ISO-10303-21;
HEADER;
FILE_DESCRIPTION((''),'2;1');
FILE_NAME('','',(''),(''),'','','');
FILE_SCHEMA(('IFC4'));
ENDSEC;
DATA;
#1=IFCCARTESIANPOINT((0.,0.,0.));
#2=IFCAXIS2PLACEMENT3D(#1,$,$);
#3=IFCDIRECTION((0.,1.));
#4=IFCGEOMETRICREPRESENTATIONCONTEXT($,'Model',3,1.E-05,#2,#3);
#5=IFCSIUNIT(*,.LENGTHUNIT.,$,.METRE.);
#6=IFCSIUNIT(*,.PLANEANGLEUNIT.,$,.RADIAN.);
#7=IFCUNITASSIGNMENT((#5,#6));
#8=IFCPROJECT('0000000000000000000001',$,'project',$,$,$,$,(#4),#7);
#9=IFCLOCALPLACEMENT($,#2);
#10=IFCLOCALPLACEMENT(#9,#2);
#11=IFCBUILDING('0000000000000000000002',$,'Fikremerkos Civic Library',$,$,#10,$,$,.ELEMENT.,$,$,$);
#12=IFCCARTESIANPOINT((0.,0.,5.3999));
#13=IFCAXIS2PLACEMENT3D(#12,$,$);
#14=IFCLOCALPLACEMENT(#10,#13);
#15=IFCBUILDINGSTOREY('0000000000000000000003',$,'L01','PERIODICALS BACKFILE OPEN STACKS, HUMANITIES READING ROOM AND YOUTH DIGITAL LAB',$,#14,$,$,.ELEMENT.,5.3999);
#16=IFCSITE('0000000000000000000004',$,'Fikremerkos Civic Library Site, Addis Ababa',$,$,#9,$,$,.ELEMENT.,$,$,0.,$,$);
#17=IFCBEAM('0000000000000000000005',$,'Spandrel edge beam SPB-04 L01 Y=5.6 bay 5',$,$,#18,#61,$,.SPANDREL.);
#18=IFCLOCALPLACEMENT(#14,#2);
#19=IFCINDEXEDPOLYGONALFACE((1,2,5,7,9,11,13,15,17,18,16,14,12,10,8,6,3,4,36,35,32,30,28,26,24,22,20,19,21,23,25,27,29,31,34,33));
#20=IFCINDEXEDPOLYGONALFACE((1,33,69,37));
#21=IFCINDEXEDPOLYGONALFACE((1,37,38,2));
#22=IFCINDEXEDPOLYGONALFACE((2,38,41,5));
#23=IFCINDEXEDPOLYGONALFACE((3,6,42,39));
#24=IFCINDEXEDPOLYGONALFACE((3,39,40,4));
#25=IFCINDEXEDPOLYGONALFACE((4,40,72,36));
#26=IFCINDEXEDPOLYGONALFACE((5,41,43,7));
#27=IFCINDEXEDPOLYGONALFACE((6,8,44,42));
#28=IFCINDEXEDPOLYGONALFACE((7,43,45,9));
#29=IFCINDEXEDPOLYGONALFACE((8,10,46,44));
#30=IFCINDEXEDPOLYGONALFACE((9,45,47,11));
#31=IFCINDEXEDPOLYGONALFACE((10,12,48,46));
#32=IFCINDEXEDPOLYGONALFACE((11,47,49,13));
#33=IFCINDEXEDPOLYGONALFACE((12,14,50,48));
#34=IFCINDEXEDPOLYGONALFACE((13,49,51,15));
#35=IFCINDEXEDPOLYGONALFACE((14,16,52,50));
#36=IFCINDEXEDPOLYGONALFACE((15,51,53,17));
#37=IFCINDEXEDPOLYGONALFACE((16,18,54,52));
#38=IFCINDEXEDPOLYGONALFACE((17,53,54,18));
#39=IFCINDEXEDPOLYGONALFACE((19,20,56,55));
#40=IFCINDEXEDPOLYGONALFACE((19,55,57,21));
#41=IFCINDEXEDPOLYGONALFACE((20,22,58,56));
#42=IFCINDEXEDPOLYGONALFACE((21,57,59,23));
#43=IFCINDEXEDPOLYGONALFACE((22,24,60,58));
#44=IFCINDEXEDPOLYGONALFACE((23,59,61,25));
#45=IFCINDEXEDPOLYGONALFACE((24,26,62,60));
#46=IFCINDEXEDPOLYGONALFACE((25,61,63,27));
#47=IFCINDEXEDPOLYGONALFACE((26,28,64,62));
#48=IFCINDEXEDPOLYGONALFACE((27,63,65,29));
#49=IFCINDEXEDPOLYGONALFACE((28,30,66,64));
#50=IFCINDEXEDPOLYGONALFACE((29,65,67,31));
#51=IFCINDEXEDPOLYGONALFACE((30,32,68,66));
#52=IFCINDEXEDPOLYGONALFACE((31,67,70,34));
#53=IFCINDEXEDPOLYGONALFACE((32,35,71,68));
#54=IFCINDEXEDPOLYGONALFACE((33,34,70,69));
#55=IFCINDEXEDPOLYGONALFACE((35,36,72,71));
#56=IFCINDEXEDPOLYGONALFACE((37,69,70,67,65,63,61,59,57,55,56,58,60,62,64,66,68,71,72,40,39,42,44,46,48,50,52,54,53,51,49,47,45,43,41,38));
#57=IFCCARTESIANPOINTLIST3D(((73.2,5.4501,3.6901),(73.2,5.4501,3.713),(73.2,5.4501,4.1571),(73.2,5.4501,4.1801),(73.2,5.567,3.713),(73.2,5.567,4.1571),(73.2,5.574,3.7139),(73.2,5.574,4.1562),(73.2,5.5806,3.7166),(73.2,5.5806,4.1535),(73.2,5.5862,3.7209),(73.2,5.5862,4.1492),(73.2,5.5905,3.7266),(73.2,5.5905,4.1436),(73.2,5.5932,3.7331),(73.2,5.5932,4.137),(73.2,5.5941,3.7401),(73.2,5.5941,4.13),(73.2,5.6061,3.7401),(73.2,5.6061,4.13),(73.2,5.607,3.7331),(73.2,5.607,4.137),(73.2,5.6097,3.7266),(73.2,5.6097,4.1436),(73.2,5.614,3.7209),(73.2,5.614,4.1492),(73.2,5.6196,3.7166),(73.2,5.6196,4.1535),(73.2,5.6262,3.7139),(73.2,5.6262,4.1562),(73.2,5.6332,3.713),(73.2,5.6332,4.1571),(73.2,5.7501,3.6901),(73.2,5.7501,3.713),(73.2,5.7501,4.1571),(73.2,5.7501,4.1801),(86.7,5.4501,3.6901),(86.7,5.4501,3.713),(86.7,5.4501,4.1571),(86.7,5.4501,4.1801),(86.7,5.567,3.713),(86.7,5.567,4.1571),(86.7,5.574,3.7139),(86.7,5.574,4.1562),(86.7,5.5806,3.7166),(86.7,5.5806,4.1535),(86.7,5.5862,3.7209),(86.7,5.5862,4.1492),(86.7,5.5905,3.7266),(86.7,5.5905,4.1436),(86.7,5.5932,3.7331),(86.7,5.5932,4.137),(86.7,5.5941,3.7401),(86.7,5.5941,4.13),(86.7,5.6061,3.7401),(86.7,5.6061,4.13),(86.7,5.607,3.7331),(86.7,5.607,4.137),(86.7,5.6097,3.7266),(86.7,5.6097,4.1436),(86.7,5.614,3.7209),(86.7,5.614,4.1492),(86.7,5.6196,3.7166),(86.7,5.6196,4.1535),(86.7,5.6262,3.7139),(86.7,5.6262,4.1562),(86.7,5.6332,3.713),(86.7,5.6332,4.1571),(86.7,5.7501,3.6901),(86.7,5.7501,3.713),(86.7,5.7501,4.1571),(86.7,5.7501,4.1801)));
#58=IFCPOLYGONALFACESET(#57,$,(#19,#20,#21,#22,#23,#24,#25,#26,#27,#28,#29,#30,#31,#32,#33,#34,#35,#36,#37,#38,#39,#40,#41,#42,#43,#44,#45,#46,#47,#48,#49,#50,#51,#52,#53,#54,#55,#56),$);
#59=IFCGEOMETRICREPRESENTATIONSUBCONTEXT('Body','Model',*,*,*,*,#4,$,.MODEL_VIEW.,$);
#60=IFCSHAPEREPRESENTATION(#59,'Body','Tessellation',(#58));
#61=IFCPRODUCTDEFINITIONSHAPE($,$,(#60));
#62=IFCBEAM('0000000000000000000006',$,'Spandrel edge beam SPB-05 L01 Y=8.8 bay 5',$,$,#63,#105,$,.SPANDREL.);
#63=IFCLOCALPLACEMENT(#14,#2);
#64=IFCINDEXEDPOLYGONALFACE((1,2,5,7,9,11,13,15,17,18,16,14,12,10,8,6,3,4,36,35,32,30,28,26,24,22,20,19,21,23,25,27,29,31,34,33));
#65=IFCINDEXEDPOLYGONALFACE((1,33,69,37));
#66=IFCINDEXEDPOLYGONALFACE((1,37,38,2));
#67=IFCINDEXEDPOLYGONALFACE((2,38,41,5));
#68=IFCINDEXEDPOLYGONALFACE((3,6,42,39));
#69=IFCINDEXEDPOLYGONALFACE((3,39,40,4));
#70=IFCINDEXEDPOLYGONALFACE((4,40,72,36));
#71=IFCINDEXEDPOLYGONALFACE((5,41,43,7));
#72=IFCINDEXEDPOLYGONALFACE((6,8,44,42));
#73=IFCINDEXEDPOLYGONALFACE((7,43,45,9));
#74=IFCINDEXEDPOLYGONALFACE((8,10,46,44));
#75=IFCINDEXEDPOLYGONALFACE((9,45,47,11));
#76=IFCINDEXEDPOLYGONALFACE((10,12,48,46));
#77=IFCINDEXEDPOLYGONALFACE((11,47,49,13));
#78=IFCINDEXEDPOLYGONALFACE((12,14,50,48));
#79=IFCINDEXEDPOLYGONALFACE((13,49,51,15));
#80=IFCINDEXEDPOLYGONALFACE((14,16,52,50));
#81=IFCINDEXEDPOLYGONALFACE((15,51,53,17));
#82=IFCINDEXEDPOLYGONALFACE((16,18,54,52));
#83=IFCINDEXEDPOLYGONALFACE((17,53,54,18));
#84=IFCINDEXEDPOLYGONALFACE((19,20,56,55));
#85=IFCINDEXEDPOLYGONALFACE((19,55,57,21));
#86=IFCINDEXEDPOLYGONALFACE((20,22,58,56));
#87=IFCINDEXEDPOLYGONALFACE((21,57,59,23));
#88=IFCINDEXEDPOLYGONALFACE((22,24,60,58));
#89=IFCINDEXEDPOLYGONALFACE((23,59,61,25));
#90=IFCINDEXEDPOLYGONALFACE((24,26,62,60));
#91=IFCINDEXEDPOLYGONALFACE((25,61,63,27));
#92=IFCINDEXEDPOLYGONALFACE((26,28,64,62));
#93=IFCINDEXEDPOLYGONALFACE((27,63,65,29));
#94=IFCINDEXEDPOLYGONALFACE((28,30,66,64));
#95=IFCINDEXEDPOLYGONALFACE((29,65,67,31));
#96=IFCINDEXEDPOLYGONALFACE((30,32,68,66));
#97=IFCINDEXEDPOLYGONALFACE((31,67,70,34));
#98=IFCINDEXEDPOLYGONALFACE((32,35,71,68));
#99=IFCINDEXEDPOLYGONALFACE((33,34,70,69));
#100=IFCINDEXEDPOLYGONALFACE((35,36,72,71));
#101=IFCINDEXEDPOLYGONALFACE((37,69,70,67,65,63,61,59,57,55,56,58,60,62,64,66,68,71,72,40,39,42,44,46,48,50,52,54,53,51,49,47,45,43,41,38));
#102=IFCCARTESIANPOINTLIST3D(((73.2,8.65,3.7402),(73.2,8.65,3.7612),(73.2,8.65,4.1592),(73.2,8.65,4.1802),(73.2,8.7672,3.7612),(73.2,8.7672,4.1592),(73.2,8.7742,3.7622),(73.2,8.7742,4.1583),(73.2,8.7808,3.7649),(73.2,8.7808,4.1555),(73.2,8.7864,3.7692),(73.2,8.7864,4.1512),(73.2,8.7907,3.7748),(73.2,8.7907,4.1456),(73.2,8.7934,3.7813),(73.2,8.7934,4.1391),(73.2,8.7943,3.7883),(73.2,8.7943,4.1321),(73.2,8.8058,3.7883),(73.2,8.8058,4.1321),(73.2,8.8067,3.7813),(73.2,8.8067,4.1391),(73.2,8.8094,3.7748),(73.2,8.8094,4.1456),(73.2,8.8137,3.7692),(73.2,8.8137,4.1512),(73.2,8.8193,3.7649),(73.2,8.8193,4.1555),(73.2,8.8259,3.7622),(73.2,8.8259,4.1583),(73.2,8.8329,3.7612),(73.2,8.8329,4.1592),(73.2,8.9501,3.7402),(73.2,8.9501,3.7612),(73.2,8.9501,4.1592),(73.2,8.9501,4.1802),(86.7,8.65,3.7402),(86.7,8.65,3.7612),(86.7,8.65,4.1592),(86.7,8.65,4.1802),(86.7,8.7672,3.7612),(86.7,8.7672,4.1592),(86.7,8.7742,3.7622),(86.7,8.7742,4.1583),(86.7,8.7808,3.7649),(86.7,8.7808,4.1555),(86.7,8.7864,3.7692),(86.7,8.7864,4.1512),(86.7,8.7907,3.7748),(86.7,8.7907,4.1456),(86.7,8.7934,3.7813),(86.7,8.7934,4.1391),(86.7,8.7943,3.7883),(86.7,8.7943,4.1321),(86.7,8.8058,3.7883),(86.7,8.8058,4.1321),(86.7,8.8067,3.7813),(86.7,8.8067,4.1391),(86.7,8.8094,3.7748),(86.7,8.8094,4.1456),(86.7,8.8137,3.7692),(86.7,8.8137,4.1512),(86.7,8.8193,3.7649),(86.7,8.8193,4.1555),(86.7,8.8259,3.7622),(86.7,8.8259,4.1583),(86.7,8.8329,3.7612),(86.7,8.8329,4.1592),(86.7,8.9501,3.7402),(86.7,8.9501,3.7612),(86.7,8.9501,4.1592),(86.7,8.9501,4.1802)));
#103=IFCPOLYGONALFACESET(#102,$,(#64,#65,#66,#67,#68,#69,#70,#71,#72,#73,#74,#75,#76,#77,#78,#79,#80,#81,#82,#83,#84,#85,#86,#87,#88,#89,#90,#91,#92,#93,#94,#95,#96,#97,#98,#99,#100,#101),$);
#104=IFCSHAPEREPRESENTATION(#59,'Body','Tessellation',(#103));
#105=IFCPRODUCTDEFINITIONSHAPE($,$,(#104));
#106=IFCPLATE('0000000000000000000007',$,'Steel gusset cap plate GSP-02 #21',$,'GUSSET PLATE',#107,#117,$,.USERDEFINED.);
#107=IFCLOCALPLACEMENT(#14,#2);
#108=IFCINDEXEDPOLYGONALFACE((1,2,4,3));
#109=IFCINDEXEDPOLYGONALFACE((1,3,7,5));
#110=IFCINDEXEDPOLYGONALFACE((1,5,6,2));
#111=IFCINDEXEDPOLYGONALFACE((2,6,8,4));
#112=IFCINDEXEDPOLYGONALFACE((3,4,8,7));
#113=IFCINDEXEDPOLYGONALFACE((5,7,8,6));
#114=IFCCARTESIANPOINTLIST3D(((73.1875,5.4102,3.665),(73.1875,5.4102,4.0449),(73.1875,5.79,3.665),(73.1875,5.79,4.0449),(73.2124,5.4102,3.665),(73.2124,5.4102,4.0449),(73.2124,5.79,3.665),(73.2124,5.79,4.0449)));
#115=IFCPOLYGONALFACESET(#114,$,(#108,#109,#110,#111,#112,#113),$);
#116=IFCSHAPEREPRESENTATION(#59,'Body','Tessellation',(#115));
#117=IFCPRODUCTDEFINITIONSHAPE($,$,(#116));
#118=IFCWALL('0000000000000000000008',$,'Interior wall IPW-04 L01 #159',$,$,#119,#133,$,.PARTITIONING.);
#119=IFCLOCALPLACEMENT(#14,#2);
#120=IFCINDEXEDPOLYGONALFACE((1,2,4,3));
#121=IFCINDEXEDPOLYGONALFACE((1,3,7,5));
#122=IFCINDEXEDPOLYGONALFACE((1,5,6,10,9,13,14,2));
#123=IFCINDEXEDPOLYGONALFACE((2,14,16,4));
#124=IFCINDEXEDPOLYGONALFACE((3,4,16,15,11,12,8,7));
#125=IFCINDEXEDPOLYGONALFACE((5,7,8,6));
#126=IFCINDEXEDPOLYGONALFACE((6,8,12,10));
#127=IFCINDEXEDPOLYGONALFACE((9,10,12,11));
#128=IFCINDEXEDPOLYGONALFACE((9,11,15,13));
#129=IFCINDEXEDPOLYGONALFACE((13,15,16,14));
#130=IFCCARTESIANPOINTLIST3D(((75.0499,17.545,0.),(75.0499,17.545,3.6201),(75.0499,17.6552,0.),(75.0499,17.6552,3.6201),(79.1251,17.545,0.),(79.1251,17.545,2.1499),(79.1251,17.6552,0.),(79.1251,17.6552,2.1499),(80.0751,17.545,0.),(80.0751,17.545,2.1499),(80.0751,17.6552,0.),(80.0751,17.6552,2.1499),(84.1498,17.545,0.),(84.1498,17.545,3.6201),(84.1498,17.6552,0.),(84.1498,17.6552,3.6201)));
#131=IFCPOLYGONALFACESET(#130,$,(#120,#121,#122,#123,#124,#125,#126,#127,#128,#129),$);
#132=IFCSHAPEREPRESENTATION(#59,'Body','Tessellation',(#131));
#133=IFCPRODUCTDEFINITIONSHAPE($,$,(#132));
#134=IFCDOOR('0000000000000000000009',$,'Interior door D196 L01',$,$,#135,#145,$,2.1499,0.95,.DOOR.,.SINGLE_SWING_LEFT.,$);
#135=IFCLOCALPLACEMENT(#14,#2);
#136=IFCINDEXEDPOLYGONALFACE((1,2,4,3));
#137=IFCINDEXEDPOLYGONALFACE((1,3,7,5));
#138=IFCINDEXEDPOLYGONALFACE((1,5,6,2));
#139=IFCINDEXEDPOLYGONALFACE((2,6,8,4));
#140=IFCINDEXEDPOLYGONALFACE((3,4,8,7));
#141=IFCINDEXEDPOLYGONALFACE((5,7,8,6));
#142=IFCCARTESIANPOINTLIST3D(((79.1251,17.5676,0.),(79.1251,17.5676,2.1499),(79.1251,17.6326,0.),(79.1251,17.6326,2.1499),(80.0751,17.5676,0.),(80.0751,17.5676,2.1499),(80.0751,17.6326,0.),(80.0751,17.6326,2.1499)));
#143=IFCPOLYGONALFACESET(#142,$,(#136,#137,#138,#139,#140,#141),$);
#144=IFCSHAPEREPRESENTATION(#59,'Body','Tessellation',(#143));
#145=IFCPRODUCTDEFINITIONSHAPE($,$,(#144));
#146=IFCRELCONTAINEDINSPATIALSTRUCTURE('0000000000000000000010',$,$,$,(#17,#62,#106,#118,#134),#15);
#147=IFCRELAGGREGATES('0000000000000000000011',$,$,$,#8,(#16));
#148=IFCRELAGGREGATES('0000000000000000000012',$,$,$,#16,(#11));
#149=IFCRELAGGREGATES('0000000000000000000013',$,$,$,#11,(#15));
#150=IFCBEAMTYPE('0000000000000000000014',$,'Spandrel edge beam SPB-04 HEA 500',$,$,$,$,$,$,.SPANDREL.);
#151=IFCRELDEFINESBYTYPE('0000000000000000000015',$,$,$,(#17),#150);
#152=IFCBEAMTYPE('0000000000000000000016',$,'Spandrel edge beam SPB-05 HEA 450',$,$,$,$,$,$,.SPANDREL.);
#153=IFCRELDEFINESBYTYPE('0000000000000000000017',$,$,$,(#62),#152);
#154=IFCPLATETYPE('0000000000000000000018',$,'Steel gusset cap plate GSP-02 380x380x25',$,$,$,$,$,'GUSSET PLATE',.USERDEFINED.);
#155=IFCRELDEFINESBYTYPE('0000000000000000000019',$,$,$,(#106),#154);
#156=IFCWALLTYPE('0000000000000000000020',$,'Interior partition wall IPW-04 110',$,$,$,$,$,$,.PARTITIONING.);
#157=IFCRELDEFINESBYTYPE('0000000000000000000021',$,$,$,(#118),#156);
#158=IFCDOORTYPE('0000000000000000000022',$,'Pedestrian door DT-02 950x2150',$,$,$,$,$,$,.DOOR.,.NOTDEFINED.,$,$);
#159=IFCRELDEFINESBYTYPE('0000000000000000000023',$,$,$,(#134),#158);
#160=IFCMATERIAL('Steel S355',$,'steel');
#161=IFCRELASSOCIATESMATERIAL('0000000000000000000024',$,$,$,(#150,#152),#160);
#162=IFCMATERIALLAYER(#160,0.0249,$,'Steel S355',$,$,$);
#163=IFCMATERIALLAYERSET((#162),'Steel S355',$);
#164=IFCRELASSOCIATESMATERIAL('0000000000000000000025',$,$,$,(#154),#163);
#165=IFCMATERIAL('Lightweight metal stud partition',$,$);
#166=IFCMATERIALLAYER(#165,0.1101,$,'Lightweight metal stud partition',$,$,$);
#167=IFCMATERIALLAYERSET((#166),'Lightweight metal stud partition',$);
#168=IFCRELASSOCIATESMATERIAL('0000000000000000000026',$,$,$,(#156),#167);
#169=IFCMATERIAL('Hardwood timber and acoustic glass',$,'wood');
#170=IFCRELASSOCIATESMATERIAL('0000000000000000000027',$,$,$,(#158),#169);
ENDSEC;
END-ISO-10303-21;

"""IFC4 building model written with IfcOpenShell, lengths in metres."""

from ifc_helpers import new_model, si_unit, direction, frame, frame_2d, origin, origin_2d, place, context, subcontext, project, spatial, rectangle, i_section, extrude, material, layer, layer_set, material_profile, profile_set, type_object, element, fill, save


model = new_model("IFC4")

# Units and contexts
model_context = context("Model", 3, precision=1e-05, world=origin(), true_north=direction((0.0, 1.0)))
body_context = subcontext(model_context, "Body", "Model", "MODEL_VIEW")
ifc_project = project(units=[si_unit("LENGTHUNIT", "METRE"), si_unit("PLANEANGLEUNIT", "RADIAN")], contexts=[model_context])

# Site, building, storey
site_placement = place(None, origin())
site = spatial("IfcSite", under=ifc_project, at=site_placement, Name="Fikremerkos Civic Library Site, Addis Ababa", CompositionType="ELEMENT", RefElevation=0.0)
building_placement = place(site_placement, origin())
building = spatial("IfcBuilding", under=site, at=building_placement, Name="Fikremerkos Civic Library", CompositionType="ELEMENT")
storey_placement = place(building_placement, frame((0.0, 0.0, 5.3999)))
storey = spatial("IfcBuildingStorey", under=building, at=storey_placement, Name="L01", Description="PERIODICALS BACKFILE OPEN STACKS, HUMANITIES READING ROOM AND YOUTH DIGITAL LAB", CompositionType="ELEMENT", Elevation=5.3999)

# Shared definitions
ifc_material_1 = material(Name="Steel S355", Category="steel")

# Beams
ifc_material_profile_1 = material_profile(ifc_material_1, i_section(OverallWidth=0.3, OverallDepth=0.49, WebThickness=0.012, FlangeThickness=0.0229, FilletRadius=0.0271, at=origin_2d()), Name="HEA 500")
ifc_profile_set_1 = profile_set([ifc_material_profile_1], Name="Steel S355")
beam_type_1 = type_object("IfcBeamType", Name="Spandrel edge beam SPB-04 HEA 500", PredefinedType="SPANDREL", material=ifc_profile_set_1)
beam_1_placement = place(storey_placement, frame((73.2, 5.6001, 3.9351), z_axis=(1.0, 0.0, 0.0), x_axis=(0.0, 1.0, 0.0)))
element("IfcBeam", 1, at=beam_1_placement, inside=storey, type_object=beam_type_1, Name="Spandrel edge beam SPB-04 L01 Y=5.6 bay 5", PredefinedType="SPANDREL", context=body_context, shape_type="SweptSolid", body=[
    extrude(i_section(OverallWidth=0.3, OverallDepth=0.49, WebThickness=0.012, FlangeThickness=0.0229, FilletRadius=0.0271, at=origin_2d()), origin(), (0.0, 0.0, 1.0), 13.5),
])
ifc_material_profile_2 = material_profile(ifc_material_1, i_section(OverallWidth=0.3, OverallDepth=0.4399, WebThickness=0.0115, FlangeThickness=0.021, FilletRadius=0.0271, at=origin_2d()), Name="HEA 450")
ifc_profile_set_2 = profile_set([ifc_material_profile_2], Name="Steel S355")
beam_type_2 = type_object("IfcBeamType", Name="Spandrel edge beam SPB-05 HEA 450", PredefinedType="SPANDREL", material=ifc_profile_set_2)
beam_2_placement = place(storey_placement, frame((73.2, 8.8, 3.9602), z_axis=(1.0, 0.0, 0.0), x_axis=(0.0, 1.0, 0.0)))
element("IfcBeam", 2, at=beam_2_placement, inside=storey, type_object=beam_type_2, Name="Spandrel edge beam SPB-05 L01 Y=8.8 bay 5", PredefinedType="SPANDREL", context=body_context, shape_type="SweptSolid", body=[
    extrude(i_section(OverallWidth=0.3, OverallDepth=0.4399, WebThickness=0.0115, FlangeThickness=0.021, FilletRadius=0.0271, at=origin_2d()), origin(), (0.0, 0.0, 1.0), 13.5),
])

# Plate
ifc_layer_1 = layer(ifc_material_1, 0.0249, Name="Steel S355")
ifc_layer_set_1 = layer_set([ifc_layer_1], Name="Steel S355")
plate_type = type_object("IfcPlateType", Name="Steel gusset cap plate GSP-02 380x380x25", ElementType="GUSSET PLATE", PredefinedType="USERDEFINED", material=ifc_layer_set_1)
plate_placement = place(storey_placement, frame((73.2, 5.6001, 3.665), z_axis=(0.0, 0.0, 1.0), x_axis=(1.0, 0.0, 0.0)))
element("IfcPlate", 3, at=plate_placement, inside=storey, type_object=plate_type, Name="Steel gusset cap plate GSP-02 #21", ObjectType="GUSSET PLATE", PredefinedType="USERDEFINED", context=body_context, shape_type="SweptSolid", body=[
    extrude(rectangle(XDim=0.0249, YDim=0.3799, at=origin_2d()), origin(), (0.0, 0.0, 1.0), 0.3799),
])

# Wall, opening, door
ifc_material_2 = material(Name="Lightweight metal stud partition")
ifc_layer_2 = layer(ifc_material_2, 0.1101, Name="Lightweight metal stud partition")
ifc_layer_set_2 = layer_set([ifc_layer_2], Name="Lightweight metal stud partition")
wall_type_1 = type_object("IfcWallType", Name="Interior partition wall IPW-04 110", PredefinedType="PARTITIONING", material=ifc_layer_set_2)
wall_1_placement = place(storey_placement, frame((75.05, 17.6001, 0.0), z_axis=(0.0, 0.0, 1.0), x_axis=(1.0, 0.0, 0.0)))
wall_1 = element("IfcWall", 4, at=wall_1_placement, inside=storey, type_object=wall_type_1, Name="Interior wall IPW-04 L01 #159", PredefinedType="PARTITIONING", context=body_context, shape_type="SweptSolid", body=[
    extrude(rectangle(XDim=9.0999, YDim=0.1101, at=frame_2d((4.5498, 0.0))), origin(), (0.0, 0.0, 1.0), 3.6201),
])
opening_1_placement = place(wall_1_placement, frame((4.075, 0.0, 0.0)))
opening_1 = element("IfcOpeningElement", 5, at=opening_1_placement, cuts=wall_1, PredefinedType="OPENING", context=body_context, shape_type="SweptSolid", body=[
    extrude(rectangle(XDim=0.95, YDim=2.1499, at=frame_2d((0.4751, 1.075))), frame((0.0, 0.0649, 0.0), z_axis=(0.0, -1.0, 0.0), x_axis=(1.0, 0.0, 0.0)), (0.0, 0.0, 1.0), 0.1301),
])
ifc_material_3 = material(Name="Hardwood timber and acoustic glass", Category="wood")
door_type_1 = type_object("IfcDoorType", Name="Pedestrian door DT-02 950x2150", OperationType="NOTDEFINED", PredefinedType="DOOR", material=ifc_material_3)
door_1_placement = place(opening_1_placement, origin())
door_1 = element("IfcDoor", 6, at=door_1_placement, inside=storey, type_object=door_type_1, Name="Interior door D196 L01", OperationType="SINGLE_SWING_LEFT", OverallHeight=2.1499, OverallWidth=0.95, PredefinedType="DOOR", context=body_context, shape_type="SweptSolid", body=[
    extrude(rectangle(XDim=0.95, YDim=2.1499, at=frame_2d((0.4751, 1.075))), frame((0.0, 0.0325, 0.0), z_axis=(0.0, -1.0, 0.0), x_axis=(1.0, 0.0, 0.0)), (0.0, 0.0, 1.0), 0.0649),
])
fill(opening_1, door_1)

save(model, "model.ifc")
